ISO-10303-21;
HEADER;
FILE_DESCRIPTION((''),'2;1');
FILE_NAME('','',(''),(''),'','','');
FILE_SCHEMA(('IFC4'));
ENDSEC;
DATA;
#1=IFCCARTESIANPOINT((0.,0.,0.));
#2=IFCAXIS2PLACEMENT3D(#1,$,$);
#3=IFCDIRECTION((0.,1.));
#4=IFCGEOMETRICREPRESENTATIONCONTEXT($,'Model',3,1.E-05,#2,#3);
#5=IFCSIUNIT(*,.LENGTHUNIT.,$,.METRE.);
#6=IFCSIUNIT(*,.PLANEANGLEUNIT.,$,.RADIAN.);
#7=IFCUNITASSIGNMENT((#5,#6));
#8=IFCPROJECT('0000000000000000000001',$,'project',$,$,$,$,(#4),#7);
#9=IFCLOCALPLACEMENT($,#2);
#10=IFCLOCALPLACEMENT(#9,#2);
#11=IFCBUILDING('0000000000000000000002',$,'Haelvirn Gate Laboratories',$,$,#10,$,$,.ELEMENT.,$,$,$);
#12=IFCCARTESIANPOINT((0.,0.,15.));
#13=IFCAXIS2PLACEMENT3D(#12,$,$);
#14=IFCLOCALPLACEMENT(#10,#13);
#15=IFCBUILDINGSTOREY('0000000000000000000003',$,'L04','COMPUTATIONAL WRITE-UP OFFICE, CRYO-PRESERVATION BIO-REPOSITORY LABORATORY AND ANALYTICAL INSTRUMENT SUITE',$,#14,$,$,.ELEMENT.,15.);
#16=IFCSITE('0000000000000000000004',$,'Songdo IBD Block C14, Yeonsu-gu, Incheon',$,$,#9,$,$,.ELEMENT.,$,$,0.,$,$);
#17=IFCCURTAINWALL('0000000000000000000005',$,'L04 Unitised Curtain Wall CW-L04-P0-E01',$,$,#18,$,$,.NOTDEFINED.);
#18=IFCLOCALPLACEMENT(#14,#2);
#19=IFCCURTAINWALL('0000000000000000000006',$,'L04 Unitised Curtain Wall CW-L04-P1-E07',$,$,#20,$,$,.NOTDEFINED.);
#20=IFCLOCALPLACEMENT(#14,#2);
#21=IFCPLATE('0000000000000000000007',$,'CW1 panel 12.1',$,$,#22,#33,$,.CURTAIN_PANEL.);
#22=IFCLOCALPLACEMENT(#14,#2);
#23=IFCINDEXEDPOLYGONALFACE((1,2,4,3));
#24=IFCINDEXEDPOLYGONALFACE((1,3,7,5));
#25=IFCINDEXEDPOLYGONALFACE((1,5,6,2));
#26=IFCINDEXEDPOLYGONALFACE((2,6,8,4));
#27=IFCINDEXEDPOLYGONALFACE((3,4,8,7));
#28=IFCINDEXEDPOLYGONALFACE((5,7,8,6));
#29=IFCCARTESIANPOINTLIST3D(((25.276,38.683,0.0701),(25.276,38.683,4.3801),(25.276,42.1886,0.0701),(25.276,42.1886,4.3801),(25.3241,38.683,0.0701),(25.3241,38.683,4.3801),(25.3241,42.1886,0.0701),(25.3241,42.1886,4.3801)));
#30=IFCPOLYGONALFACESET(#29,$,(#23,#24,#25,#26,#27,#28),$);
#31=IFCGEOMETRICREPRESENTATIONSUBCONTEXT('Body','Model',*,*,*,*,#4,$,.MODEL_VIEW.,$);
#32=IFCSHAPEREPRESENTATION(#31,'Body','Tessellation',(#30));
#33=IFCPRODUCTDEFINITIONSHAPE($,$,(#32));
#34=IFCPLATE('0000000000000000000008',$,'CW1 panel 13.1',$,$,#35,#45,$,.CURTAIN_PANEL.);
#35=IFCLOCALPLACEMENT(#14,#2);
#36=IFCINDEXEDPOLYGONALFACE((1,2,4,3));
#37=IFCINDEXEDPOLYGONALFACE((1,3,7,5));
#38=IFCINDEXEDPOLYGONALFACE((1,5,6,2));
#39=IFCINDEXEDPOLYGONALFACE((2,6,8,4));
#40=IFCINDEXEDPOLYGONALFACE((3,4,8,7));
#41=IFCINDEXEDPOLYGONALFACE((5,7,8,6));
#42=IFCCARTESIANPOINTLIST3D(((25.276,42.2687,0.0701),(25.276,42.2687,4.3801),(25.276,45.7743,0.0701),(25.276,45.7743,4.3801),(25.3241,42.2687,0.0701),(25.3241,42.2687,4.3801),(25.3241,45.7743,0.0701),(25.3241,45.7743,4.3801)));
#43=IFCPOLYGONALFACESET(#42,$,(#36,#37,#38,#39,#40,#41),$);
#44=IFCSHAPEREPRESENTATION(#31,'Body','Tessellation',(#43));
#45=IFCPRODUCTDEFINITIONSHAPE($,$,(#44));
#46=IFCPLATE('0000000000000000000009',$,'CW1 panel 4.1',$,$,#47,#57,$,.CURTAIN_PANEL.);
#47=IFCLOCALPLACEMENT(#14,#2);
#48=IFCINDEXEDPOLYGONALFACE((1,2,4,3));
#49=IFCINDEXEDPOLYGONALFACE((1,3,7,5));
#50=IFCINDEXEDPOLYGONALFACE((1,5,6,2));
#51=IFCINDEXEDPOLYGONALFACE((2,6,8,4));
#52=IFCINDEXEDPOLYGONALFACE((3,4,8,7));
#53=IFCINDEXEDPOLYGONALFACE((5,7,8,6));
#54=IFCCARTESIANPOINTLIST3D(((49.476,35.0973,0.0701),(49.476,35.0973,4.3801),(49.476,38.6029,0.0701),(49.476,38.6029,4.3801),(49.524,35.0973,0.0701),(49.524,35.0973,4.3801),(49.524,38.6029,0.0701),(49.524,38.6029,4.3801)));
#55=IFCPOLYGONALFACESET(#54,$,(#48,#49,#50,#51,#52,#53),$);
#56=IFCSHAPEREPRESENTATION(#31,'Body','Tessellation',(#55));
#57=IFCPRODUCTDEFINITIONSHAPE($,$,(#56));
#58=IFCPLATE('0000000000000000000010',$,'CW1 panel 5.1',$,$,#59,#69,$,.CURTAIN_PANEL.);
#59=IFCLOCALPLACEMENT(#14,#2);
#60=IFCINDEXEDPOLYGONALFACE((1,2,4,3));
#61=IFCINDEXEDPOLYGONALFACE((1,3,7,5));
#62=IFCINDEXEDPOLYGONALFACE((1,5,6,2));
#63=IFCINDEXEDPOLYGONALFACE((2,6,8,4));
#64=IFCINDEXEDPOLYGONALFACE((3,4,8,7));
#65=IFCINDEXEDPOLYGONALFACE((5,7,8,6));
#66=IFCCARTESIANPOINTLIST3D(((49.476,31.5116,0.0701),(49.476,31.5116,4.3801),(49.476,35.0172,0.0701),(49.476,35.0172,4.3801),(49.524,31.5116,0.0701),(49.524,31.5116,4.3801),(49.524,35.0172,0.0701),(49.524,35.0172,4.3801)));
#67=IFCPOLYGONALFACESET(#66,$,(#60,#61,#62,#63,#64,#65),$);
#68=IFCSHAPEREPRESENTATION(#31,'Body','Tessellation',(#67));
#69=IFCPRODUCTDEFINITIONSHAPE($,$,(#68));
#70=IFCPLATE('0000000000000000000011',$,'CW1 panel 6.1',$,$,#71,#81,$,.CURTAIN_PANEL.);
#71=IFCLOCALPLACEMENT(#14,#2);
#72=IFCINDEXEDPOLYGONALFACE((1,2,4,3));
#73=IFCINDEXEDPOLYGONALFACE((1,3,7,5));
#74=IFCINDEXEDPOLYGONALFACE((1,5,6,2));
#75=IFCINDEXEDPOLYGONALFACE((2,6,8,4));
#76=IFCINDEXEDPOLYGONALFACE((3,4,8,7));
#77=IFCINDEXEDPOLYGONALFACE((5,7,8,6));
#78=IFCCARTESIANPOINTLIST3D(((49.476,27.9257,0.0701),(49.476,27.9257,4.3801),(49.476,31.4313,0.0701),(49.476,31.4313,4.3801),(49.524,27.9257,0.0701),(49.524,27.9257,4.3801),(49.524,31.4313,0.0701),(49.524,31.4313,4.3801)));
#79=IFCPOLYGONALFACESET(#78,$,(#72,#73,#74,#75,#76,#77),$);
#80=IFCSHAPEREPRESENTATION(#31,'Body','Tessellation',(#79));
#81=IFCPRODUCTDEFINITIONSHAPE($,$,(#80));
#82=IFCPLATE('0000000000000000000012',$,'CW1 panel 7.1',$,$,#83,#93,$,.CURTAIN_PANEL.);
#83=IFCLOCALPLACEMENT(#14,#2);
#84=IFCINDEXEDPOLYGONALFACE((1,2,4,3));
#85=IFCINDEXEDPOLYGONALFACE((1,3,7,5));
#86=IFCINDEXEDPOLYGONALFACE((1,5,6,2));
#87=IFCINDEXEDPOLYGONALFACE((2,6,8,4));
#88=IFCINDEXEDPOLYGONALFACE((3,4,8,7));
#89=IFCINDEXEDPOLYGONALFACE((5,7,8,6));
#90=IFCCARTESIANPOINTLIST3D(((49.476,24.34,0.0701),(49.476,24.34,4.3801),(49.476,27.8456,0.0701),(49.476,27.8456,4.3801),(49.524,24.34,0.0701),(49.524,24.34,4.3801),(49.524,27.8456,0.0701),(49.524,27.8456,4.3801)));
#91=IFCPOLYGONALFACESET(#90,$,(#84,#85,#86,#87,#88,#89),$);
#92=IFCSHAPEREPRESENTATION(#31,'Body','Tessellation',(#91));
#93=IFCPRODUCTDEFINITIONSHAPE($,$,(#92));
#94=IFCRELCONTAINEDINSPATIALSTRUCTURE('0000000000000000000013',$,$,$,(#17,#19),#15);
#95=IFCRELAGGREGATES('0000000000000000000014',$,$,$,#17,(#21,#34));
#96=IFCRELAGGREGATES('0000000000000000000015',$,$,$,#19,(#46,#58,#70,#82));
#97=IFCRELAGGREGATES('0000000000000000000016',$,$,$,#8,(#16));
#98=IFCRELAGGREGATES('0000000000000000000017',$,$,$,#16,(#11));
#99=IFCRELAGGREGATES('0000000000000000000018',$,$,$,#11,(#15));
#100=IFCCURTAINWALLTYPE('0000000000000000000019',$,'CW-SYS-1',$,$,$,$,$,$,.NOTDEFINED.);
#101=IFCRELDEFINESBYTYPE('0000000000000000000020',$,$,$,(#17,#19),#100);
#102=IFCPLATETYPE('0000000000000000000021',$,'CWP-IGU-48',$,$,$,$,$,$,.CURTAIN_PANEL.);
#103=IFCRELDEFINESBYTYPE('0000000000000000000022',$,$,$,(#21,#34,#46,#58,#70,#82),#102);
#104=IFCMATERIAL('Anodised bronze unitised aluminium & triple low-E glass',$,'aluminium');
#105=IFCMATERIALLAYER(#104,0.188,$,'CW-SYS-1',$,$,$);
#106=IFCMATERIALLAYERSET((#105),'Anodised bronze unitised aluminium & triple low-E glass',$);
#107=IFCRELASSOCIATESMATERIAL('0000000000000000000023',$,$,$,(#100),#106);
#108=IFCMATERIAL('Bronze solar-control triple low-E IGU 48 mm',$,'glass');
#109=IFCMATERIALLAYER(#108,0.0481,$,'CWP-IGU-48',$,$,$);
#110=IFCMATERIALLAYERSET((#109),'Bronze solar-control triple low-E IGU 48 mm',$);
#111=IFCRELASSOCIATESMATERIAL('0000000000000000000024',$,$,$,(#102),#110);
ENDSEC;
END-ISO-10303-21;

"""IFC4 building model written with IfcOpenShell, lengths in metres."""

from ifc_helpers import new_model, si_unit, direction, frame, origin, origin_2d, place, context, subcontext, project, spatial, rectangle, extrude, source, transform, mapped, material, layer, layer_set, type_object, element, aggregate, save


model = new_model("IFC4")

# Units and contexts
model_context = context("Model", 3, precision=1e-05, world=origin(), true_north=direction((0.0, 1.0)))
body_context = subcontext(model_context, "Body", "Model", "MODEL_VIEW")
ifc_project = project(units=[si_unit("LENGTHUNIT", "METRE"), si_unit("PLANEANGLEUNIT", "RADIAN")], contexts=[model_context])

# Site, building, storey
site_placement = place(None, origin())
site = spatial("IfcSite", under=ifc_project, at=site_placement, Name="Songdo IBD Block C14, Yeonsu-gu, Incheon", CompositionType="ELEMENT", RefElevation=0.0)
building_placement = place(site_placement, origin())
building = spatial("IfcBuilding", under=site, at=building_placement, Name="Haelvirn Gate Laboratories", CompositionType="ELEMENT")
storey_placement = place(building_placement, frame((0.0, 0.0, 15.0)))
storey = spatial("IfcBuildingStorey", under=building, at=storey_placement, Name="L04", Description="COMPUTATIONAL WRITE-UP OFFICE, CRYO-PRESERVATION BIO-REPOSITORY LABORATORY AND ANALYTICAL INSTRUMENT SUITE", CompositionType="ELEMENT", Elevation=15.0)

# Curtain walls
ifc_material_1 = material(Name="Anodised bronze unitised aluminium & triple low-E glass", Category="aluminium")
ifc_layer_1 = layer(ifc_material_1, 0.188, Name="CW-SYS-1")
ifc_layer_set_1 = layer_set([ifc_layer_1], Name="Anodised bronze unitised aluminium & triple low-E glass")
curtain_wall_type = type_object("IfcCurtainWallType", Name="CW-SYS-1", PredefinedType="NOTDEFINED", material=ifc_layer_set_1)
curtain_wall_1_placement = place(storey_placement, origin())
curtain_wall_1 = element("IfcCurtainWall", 1, at=curtain_wall_1_placement, inside=storey, type_object=curtain_wall_type, Name="L04 Unitised Curtain Wall CW-L04-P0-E01", PredefinedType="NOTDEFINED")
curtain_wall_2_placement = place(storey_placement, origin())
curtain_wall_2 = element("IfcCurtainWall", 2, at=curtain_wall_2_placement, inside=storey, type_object=curtain_wall_type, Name="L04 Unitised Curtain Wall CW-L04-P1-E07", PredefinedType="NOTDEFINED")

# Plates
ifc_material_2 = material(Name="Bronze solar-control triple low-E IGU 48 mm", Category="glass")
ifc_layer_2 = layer(ifc_material_2, 0.0481, Name="CWP-IGU-48")
ifc_layer_set_2 = layer_set([ifc_layer_2], Name="Bronze solar-control triple low-E IGU 48 mm")
plate_type = type_object("IfcPlateType", Name="CWP-IGU-48", PredefinedType="CURTAIN_PANEL", material=ifc_layer_set_2)
shared_shape_1 = source(origin(), body_context, "Body", "SweptSolid", [
    extrude(rectangle(XDim=3.5056, YDim=0.0481, at=origin_2d()), origin(), (0.0, 0.0, 1.0), 4.3101),
])
plate_1_placement = place(storey_placement, frame((25.3, 40.4358, 0.0701), z_axis=(0.0, 0.0, 1.0), x_axis=(0.0, 1.0, 0.0)))
plate_1 = element("IfcPlate", 3, at=plate_1_placement, type_object=plate_type, Name="CW1 panel 12.1", PredefinedType="CURTAIN_PANEL", context=body_context, shape_type="MappedRepresentation", body=[
    mapped(shared_shape_1, transform((0.0, 0.0, 0.0), scale=1.0)),
])
plate_2_placement = place(storey_placement, frame((25.3, 44.0215, 0.0701), z_axis=(0.0, 0.0, 1.0), x_axis=(0.0, 1.0, 0.0)))
plate_2 = element("IfcPlate", 4, at=plate_2_placement, type_object=plate_type, Name="CW1 panel 13.1", PredefinedType="CURTAIN_PANEL", context=body_context, shape_type="MappedRepresentation", body=[
    mapped(shared_shape_1, transform((0.0, 0.0, 0.0), scale=1.0)),
])
aggregate(curtain_wall_1, [plate_1, plate_2])
plate_3_placement = place(storey_placement, frame((49.5, 36.8501, 0.0701), z_axis=(0.0, 0.0, 1.0), x_axis=(0.0, -1.0, 0.0)))
plate_3 = element("IfcPlate", 5, at=plate_3_placement, type_object=plate_type, Name="CW1 panel 4.1", PredefinedType="CURTAIN_PANEL", context=body_context, shape_type="MappedRepresentation", body=[
    mapped(shared_shape_1, transform((0.0, 0.0, 0.0), scale=1.0)),
])
plate_4_placement = place(storey_placement, frame((49.5, 33.2644, 0.0701), z_axis=(0.0, 0.0, 1.0), x_axis=(0.0, -1.0, 0.0)))
plate_4 = element("IfcPlate", 6, at=plate_4_placement, type_object=plate_type, Name="CW1 panel 5.1", PredefinedType="CURTAIN_PANEL", context=body_context, shape_type="MappedRepresentation", body=[
    mapped(shared_shape_1, transform((0.0, 0.0, 0.0), scale=1.0)),
])
plate_5_placement = place(storey_placement, frame((49.5, 29.6785, 0.0701), z_axis=(0.0, 0.0, 1.0), x_axis=(0.0, -1.0, 0.0)))
plate_5 = element("IfcPlate", 7, at=plate_5_placement, type_object=plate_type, Name="CW1 panel 6.1", PredefinedType="CURTAIN_PANEL", context=body_context, shape_type="MappedRepresentation", body=[
    mapped(shared_shape_1, transform((0.0, 0.0, 0.0), scale=1.0)),
])
plate_6_placement = place(storey_placement, frame((49.5, 26.0928, 0.0701), z_axis=(0.0, 0.0, 1.0), x_axis=(0.0, -1.0, 0.0)))
plate_6 = element("IfcPlate", 8, at=plate_6_placement, type_object=plate_type, Name="CW1 panel 7.1", PredefinedType="CURTAIN_PANEL", context=body_context, shape_type="MappedRepresentation", body=[
    mapped(shared_shape_1, transform((0.0, 0.0, 0.0), scale=1.0)),
])
aggregate(curtain_wall_2, [plate_3, plate_4, plate_5, plate_6])

save(model, "model.ifc")
